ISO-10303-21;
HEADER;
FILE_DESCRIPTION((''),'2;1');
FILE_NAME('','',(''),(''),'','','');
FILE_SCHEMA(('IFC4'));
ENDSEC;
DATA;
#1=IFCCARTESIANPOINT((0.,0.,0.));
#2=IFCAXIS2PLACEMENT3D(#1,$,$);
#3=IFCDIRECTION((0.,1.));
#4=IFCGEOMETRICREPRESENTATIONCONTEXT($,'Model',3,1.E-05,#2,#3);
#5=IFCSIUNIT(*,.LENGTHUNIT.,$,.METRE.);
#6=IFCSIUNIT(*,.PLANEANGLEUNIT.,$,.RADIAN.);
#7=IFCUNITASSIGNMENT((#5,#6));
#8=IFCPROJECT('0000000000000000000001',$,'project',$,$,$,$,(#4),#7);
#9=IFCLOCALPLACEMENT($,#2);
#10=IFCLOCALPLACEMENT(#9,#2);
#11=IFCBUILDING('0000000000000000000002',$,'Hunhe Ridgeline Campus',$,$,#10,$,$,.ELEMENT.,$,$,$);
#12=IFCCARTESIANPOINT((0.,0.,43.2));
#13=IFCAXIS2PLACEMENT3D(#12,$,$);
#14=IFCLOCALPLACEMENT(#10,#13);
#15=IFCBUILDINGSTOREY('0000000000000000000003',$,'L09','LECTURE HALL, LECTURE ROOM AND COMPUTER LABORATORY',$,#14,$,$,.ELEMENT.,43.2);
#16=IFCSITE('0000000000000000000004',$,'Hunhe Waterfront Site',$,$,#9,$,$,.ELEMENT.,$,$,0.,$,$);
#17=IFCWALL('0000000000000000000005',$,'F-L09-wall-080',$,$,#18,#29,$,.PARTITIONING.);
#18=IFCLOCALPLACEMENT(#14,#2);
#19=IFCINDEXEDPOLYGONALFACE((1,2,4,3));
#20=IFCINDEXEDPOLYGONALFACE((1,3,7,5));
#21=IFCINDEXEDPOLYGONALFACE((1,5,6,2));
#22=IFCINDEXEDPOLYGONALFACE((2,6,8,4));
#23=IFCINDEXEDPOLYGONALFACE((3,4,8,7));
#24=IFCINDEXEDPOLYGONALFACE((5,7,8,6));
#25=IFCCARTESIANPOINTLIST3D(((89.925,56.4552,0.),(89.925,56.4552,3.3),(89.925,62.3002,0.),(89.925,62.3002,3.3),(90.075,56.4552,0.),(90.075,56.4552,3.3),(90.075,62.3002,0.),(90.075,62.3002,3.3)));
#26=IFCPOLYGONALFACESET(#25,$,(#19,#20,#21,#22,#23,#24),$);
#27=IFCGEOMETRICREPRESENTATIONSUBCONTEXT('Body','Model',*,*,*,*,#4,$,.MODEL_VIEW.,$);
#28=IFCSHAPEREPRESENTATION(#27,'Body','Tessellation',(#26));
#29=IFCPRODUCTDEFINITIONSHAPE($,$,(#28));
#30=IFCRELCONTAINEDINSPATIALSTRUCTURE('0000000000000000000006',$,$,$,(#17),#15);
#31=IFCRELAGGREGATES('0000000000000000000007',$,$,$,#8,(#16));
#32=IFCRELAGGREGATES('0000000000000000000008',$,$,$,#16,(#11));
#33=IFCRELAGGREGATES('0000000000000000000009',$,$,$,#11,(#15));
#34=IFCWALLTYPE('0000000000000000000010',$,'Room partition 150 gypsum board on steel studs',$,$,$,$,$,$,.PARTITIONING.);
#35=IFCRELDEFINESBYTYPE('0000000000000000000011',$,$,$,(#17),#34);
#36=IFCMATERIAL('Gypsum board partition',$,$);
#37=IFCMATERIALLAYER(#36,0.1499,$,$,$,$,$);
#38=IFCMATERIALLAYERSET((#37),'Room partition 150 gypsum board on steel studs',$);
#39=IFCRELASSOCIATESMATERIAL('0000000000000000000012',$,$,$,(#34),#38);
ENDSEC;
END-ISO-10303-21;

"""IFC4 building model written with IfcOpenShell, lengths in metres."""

from ifc_helpers import new_model, si_unit, direction, frame, frame_2d, origin, place, context, subcontext, project, spatial, rectangle, extrude, material, layer, layer_set, type_object, element, save


model = new_model("IFC4")

# Units and contexts
model_context = context("Model", 3, precision=1e-05, world=origin(), true_north=direction((0.0, 1.0)))
body_context = subcontext(model_context, "Body", "Model", "MODEL_VIEW")
ifc_project = project(units=[si_unit("LENGTHUNIT", "METRE"), si_unit("PLANEANGLEUNIT", "RADIAN")], contexts=[model_context])

# Site, building, storey
site_placement = place(None, origin())
site = spatial("IfcSite", under=ifc_project, at=site_placement, Name="Hunhe Waterfront Site", CompositionType="ELEMENT", RefElevation=0.0)
building_placement = place(site_placement, origin())
building = spatial("IfcBuilding", under=site, at=building_placement, Name="Hunhe Ridgeline Campus", CompositionType="ELEMENT")
storey_placement = place(building_placement, frame((0.0, 0.0, 43.2)))
storey = spatial("IfcBuildingStorey", under=building, at=storey_placement, Name="L09", Description="LECTURE HALL, LECTURE ROOM AND COMPUTER LABORATORY", CompositionType="ELEMENT", Elevation=43.2)

# Wall
ifc_material_1 = material(Name="Gypsum board partition")
ifc_layer_1 = layer(ifc_material_1, 0.1499)
ifc_layer_set_1 = layer_set([ifc_layer_1], Name="Room partition 150 gypsum board on steel studs")
wall_type_1 = type_object("IfcWallType", Name="Room partition 150 gypsum board on steel studs", PredefinedType="PARTITIONING", material=ifc_layer_set_1)
wall_1_placement = place(storey_placement, frame((90.0, 62.3, 0.0), z_axis=(0.0, 0.0, 1.0), x_axis=(0.0, -1.0, 0.0)))
element("IfcWall", 1, at=wall_1_placement, inside=storey, type_object=wall_type_1, Name="F-L09-wall-080", PredefinedType="PARTITIONING", context=body_context, shape_type="SweptSolid", body=[
    extrude(rectangle(XDim=5.845, YDim=0.1499, at=frame_2d((2.9224, 0.0))), origin(), (0.0, 0.0, 1.0), 3.3),
])

save(model, "model.ifc")
